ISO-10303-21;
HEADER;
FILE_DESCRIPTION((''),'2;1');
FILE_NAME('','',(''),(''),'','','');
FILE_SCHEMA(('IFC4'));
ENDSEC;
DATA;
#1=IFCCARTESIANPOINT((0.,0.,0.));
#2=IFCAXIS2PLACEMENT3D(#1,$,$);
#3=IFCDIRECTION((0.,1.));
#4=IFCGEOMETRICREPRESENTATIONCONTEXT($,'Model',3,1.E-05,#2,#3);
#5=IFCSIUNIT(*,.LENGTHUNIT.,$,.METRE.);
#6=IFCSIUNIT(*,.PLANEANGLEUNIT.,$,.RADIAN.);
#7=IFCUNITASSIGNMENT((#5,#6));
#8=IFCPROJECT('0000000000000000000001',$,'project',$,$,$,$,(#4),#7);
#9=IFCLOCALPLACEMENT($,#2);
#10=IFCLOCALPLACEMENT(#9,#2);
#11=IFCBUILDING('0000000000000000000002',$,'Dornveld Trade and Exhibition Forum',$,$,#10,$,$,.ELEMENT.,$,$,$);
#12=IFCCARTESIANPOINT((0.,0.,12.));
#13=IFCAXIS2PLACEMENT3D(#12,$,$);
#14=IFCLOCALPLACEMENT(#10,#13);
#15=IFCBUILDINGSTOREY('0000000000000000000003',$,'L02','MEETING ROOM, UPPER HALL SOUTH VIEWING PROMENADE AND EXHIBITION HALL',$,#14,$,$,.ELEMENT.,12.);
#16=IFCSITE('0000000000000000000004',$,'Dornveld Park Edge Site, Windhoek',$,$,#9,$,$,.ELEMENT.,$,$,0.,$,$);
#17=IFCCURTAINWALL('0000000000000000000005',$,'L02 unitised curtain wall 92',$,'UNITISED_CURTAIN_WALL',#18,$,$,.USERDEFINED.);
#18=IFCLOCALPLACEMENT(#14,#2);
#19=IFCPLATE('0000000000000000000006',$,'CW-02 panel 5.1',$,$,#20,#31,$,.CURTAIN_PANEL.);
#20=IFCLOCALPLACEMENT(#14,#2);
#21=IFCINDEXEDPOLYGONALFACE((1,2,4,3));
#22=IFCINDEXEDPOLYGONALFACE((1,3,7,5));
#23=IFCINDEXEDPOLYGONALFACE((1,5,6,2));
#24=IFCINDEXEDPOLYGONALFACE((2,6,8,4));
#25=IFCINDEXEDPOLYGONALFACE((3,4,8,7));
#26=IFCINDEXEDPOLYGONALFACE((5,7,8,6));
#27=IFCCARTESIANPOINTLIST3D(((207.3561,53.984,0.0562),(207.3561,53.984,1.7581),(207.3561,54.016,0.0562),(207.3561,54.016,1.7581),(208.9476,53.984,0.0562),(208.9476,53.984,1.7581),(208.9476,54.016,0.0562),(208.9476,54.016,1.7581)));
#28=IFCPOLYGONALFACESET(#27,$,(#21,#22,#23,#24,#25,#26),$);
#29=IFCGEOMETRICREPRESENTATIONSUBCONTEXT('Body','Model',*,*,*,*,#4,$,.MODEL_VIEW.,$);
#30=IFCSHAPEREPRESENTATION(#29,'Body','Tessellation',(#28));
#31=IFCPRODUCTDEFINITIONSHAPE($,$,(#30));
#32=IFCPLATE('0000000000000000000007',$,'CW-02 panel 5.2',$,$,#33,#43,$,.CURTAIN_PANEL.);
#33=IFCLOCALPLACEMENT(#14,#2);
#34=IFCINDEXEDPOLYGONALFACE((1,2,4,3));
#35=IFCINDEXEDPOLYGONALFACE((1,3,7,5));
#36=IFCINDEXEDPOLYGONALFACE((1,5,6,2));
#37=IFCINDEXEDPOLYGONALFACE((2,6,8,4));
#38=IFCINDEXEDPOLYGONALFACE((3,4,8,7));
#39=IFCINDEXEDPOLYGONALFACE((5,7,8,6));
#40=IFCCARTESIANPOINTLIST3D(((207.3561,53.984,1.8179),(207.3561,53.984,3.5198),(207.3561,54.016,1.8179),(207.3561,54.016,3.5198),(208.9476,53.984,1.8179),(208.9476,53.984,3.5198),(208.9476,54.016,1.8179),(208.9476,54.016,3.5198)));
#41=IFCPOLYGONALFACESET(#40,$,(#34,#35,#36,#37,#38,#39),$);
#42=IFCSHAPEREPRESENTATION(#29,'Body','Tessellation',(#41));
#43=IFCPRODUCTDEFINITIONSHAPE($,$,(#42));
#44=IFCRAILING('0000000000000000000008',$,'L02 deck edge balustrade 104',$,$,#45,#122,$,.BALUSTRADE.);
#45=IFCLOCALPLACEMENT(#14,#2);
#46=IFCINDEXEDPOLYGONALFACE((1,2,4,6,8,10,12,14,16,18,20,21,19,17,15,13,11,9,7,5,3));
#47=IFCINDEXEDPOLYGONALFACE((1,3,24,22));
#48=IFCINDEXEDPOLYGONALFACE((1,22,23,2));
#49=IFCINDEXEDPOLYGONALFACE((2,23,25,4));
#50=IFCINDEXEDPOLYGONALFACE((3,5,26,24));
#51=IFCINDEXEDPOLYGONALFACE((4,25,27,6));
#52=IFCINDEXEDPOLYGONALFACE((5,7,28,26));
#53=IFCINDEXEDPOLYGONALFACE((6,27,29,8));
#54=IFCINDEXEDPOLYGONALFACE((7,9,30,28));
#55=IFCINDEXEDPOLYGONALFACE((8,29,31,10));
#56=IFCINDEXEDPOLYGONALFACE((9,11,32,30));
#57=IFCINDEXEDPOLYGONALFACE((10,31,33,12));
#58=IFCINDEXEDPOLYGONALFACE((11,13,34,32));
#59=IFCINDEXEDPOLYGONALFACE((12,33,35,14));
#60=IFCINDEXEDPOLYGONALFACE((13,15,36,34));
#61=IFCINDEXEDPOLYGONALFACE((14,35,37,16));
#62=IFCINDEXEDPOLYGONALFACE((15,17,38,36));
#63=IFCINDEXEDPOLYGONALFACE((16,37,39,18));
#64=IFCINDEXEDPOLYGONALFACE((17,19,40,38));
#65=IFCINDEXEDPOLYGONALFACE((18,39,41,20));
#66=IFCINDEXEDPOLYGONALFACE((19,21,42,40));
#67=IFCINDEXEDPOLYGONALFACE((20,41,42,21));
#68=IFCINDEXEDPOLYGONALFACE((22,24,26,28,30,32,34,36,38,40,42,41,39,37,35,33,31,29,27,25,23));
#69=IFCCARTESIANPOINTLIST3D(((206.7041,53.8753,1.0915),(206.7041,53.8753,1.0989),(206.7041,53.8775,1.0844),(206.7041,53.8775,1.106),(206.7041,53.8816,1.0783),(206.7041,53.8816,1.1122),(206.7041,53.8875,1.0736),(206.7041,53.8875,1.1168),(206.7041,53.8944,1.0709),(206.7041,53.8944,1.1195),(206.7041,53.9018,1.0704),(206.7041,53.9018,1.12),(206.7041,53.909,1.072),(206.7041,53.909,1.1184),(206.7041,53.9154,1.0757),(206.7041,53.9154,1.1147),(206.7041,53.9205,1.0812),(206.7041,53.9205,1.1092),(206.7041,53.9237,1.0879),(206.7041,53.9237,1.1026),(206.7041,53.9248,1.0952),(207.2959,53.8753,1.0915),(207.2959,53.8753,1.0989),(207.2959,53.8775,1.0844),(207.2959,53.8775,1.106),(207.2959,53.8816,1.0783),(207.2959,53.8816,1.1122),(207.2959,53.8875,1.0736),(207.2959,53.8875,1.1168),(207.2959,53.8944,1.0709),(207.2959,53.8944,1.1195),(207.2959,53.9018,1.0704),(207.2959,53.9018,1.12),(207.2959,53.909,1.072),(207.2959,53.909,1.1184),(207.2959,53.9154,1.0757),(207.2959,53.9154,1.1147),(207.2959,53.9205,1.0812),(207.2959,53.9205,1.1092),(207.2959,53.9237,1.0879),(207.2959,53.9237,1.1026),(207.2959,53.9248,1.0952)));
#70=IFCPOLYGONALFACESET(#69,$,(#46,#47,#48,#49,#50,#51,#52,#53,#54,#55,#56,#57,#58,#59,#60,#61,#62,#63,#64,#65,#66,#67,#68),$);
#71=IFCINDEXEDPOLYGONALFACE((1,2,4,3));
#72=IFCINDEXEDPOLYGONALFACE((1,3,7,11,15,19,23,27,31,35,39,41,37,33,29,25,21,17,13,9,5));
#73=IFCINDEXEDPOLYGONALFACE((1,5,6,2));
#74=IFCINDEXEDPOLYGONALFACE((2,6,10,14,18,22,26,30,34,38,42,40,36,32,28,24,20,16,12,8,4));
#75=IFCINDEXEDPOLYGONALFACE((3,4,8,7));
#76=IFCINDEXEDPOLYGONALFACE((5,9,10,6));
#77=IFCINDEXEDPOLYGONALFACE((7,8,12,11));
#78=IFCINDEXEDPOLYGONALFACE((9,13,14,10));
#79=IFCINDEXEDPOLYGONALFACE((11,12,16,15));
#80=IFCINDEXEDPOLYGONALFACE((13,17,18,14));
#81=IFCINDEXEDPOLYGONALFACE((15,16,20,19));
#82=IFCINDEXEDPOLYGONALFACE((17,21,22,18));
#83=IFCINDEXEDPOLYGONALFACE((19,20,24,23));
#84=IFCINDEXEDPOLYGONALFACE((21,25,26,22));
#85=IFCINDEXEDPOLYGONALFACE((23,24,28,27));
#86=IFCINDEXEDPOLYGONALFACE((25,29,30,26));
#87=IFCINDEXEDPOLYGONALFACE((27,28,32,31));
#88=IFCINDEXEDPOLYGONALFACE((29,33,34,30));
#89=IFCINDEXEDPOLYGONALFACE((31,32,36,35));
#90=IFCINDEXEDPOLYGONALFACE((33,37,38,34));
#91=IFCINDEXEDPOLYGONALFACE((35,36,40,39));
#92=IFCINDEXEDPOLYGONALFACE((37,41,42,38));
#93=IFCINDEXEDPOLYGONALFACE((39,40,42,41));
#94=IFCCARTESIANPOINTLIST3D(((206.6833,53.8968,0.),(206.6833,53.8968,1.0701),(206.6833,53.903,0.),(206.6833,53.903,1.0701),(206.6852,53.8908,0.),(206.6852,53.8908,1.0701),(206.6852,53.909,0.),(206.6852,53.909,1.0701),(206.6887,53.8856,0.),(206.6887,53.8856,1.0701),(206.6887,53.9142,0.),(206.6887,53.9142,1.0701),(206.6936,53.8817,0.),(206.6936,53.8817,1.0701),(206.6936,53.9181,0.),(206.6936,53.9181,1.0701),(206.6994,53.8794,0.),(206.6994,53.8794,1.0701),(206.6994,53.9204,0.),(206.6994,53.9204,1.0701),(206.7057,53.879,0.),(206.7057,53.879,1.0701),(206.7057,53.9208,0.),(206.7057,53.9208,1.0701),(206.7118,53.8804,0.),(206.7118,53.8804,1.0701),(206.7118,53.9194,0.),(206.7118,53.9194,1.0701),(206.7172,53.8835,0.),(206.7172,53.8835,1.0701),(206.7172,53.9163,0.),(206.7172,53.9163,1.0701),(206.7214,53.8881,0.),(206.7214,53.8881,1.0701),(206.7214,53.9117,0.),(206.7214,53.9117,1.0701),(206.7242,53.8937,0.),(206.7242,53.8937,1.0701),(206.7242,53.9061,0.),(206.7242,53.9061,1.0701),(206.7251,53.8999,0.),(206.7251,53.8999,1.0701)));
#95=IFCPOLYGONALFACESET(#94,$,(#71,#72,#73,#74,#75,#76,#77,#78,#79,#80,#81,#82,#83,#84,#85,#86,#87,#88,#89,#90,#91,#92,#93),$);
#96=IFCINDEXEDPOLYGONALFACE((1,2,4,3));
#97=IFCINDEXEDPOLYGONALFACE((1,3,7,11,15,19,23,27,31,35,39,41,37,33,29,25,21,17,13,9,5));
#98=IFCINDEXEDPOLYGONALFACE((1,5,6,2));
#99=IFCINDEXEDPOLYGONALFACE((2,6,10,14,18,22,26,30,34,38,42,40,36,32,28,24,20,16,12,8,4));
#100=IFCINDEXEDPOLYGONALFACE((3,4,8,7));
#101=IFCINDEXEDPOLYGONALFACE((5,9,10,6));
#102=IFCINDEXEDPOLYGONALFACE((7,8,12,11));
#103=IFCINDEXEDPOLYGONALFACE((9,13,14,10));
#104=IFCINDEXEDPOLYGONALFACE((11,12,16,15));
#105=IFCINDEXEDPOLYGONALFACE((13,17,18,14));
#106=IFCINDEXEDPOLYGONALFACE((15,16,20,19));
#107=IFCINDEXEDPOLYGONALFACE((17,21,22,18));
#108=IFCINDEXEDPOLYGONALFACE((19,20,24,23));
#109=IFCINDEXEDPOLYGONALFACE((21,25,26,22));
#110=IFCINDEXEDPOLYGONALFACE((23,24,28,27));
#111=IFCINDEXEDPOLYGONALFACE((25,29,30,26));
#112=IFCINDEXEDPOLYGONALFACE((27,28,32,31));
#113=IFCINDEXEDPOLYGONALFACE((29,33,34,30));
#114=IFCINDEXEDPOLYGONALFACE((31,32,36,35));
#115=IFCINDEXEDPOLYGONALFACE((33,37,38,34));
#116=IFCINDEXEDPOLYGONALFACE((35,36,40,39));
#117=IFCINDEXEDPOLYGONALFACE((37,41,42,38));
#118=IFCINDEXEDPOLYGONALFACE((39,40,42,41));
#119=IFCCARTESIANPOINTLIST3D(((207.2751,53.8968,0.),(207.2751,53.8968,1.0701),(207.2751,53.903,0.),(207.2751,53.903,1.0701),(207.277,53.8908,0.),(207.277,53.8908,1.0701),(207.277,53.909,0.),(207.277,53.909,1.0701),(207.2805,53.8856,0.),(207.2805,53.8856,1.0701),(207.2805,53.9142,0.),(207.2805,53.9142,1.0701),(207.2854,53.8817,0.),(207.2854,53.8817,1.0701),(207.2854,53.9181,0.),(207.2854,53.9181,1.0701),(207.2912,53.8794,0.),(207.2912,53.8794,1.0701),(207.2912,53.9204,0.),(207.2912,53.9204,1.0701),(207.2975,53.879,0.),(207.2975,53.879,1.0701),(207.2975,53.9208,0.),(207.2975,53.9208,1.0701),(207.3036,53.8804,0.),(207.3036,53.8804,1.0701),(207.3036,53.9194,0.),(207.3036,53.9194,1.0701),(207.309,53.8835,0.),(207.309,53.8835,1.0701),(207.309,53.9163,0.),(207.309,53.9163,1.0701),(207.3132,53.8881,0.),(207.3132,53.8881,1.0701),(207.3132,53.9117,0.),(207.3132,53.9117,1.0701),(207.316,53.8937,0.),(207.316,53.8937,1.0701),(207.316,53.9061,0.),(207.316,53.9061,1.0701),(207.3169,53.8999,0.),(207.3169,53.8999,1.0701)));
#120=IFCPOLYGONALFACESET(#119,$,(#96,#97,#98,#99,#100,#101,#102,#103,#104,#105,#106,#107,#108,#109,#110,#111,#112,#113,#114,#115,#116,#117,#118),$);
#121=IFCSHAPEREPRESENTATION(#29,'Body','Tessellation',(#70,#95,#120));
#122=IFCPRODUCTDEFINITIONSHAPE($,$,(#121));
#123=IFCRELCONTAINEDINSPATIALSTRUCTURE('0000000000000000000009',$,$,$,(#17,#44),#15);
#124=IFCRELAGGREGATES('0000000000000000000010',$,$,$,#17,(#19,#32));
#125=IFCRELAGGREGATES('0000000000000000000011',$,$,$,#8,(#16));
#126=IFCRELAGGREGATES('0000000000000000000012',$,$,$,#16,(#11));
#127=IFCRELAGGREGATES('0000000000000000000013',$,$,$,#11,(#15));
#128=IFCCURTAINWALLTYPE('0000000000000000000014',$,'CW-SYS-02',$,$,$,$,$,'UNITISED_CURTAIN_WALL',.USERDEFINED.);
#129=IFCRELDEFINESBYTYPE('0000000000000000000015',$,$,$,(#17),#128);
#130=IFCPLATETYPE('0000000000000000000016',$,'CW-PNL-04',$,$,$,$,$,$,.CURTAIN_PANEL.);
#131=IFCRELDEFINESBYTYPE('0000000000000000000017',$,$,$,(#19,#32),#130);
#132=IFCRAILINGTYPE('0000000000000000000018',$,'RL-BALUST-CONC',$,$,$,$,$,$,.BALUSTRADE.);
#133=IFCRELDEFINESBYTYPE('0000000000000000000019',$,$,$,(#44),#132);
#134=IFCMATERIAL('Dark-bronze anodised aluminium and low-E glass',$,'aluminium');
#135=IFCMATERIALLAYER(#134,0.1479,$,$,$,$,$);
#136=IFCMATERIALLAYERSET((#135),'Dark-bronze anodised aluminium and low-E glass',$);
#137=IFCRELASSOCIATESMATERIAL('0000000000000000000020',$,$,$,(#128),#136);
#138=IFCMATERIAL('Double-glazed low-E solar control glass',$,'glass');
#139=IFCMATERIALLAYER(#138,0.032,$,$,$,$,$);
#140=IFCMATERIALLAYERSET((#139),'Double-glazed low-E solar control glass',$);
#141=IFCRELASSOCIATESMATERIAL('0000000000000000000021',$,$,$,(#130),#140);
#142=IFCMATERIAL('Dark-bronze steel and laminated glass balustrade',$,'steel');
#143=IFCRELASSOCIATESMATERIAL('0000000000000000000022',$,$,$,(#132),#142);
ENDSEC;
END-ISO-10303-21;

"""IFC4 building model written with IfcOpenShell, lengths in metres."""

from ifc_helpers import new_model, si_unit, direction, frame, origin, origin_2d, place, context, subcontext, project, spatial, rectangle, circle, extrude, material, layer, layer_set, type_object, element, aggregate, save


model = new_model("IFC4")

# Units and contexts
model_context = context("Model", 3, precision=1e-05, world=origin(), true_north=direction((0.0, 1.0)))
body_context = subcontext(model_context, "Body", "Model", "MODEL_VIEW")
ifc_project = project(units=[si_unit("LENGTHUNIT", "METRE"), si_unit("PLANEANGLEUNIT", "RADIAN")], contexts=[model_context])

# Site, building, storey
site_placement = place(None, origin())
site = spatial("IfcSite", under=ifc_project, at=site_placement, Name="Dornveld Park Edge Site, Windhoek", CompositionType="ELEMENT", RefElevation=0.0)
building_placement = place(site_placement, origin())
building = spatial("IfcBuilding", under=site, at=building_placement, Name="Dornveld Trade and Exhibition Forum", CompositionType="ELEMENT")
storey_placement = place(building_placement, frame((0.0, 0.0, 12.0)))
storey = spatial("IfcBuildingStorey", under=building, at=storey_placement, Name="L02", Description="MEETING ROOM, UPPER HALL SOUTH VIEWING PROMENADE AND EXHIBITION HALL", CompositionType="ELEMENT", Elevation=12.0)

# Curtain wall
ifc_material_1 = material(Name="Dark-bronze anodised aluminium and low-E glass", Category="aluminium")
ifc_layer_1 = layer(ifc_material_1, 0.1479)
ifc_layer_set_1 = layer_set([ifc_layer_1], Name="Dark-bronze anodised aluminium and low-E glass")
curtain_wall_type_1 = type_object("IfcCurtainWallType", Name="CW-SYS-02", ElementType="UNITISED_CURTAIN_WALL", PredefinedType="USERDEFINED", material=ifc_layer_set_1)
curtain_wall_1_placement = place(storey_placement, origin())
curtain_wall_1 = element("IfcCurtainWall", 1, at=curtain_wall_1_placement, inside=storey, type_object=curtain_wall_type_1, Name="L02 unitised curtain wall 92", ObjectType="UNITISED_CURTAIN_WALL", PredefinedType="USERDEFINED")

# Plates
ifc_material_2 = material(Name="Double-glazed low-E solar control glass", Category="glass")
ifc_layer_2 = layer(ifc_material_2, 0.032)
ifc_layer_set_2 = layer_set([ifc_layer_2], Name="Double-glazed low-E solar control glass")
plate_type_1 = type_object("IfcPlateType", Name="CW-PNL-04", PredefinedType="CURTAIN_PANEL", material=ifc_layer_set_2)
plate_1_placement = place(storey_placement, frame((208.1519, 54.0, 0.0562), z_axis=(0.0, 0.0, 1.0), x_axis=(-1.0, 0.0, 0.0)))
plate_1 = element("IfcPlate", 2, at=plate_1_placement, type_object=plate_type_1, Name="CW-02 panel 5.1", PredefinedType="CURTAIN_PANEL", context=body_context, shape_type="SweptSolid", body=[
    extrude(rectangle(XDim=1.5916, YDim=0.032, at=origin_2d()), origin(), (0.0, 0.0, 1.0), 1.7019),
])
plate_2_placement = place(storey_placement, frame((208.1519, 54.0, 1.8179), z_axis=(0.0, 0.0, 1.0), x_axis=(-1.0, 0.0, 0.0)))
plate_2 = element("IfcPlate", 3, at=plate_2_placement, type_object=plate_type_1, Name="CW-02 panel 5.2", PredefinedType="CURTAIN_PANEL", context=body_context, shape_type="SweptSolid", body=[
    extrude(rectangle(XDim=1.5916, YDim=0.032, at=origin_2d()), origin(), (0.0, 0.0, 1.0), 1.7019),
])
aggregate(curtain_wall_1, [plate_1, plate_2])

# Railing
ifc_material_3 = material(Name="Dark-bronze steel and laminated glass balustrade", Category="steel")
railing_type = type_object("IfcRailingType", Name="RL-BALUST-CONC", PredefinedType="BALUSTRADE", material=ifc_material_3)
railing_placement = place(storey_placement, frame((206.7041, 53.8999, 0.0)))
element("IfcRailing", 4, at=railing_placement, inside=storey, type_object=railing_type, Name="L02 deck edge balustrade 104", PredefinedType="BALUSTRADE", context=body_context, shape_type="SweptSolid", body=[
    extrude(circle(Radius=0.0249, at=origin_2d()), frame((0.0, 0.0, 1.0952), z_axis=(1.0, 0.0, 0.0), x_axis=(0.0, 1.0, 0.0)), (0.0, 0.0, 1.0), 0.5918),
    extrude(circle(Radius=0.021, at=origin_2d()), origin(), (0.0, 0.0, 1.0), 1.0701),
    extrude(circle(Radius=0.021, at=origin_2d()), frame((0.5918, 0.0, 0.0)), (0.0, 0.0, 1.0), 1.0701),
])

save(model, "model.ifc")
